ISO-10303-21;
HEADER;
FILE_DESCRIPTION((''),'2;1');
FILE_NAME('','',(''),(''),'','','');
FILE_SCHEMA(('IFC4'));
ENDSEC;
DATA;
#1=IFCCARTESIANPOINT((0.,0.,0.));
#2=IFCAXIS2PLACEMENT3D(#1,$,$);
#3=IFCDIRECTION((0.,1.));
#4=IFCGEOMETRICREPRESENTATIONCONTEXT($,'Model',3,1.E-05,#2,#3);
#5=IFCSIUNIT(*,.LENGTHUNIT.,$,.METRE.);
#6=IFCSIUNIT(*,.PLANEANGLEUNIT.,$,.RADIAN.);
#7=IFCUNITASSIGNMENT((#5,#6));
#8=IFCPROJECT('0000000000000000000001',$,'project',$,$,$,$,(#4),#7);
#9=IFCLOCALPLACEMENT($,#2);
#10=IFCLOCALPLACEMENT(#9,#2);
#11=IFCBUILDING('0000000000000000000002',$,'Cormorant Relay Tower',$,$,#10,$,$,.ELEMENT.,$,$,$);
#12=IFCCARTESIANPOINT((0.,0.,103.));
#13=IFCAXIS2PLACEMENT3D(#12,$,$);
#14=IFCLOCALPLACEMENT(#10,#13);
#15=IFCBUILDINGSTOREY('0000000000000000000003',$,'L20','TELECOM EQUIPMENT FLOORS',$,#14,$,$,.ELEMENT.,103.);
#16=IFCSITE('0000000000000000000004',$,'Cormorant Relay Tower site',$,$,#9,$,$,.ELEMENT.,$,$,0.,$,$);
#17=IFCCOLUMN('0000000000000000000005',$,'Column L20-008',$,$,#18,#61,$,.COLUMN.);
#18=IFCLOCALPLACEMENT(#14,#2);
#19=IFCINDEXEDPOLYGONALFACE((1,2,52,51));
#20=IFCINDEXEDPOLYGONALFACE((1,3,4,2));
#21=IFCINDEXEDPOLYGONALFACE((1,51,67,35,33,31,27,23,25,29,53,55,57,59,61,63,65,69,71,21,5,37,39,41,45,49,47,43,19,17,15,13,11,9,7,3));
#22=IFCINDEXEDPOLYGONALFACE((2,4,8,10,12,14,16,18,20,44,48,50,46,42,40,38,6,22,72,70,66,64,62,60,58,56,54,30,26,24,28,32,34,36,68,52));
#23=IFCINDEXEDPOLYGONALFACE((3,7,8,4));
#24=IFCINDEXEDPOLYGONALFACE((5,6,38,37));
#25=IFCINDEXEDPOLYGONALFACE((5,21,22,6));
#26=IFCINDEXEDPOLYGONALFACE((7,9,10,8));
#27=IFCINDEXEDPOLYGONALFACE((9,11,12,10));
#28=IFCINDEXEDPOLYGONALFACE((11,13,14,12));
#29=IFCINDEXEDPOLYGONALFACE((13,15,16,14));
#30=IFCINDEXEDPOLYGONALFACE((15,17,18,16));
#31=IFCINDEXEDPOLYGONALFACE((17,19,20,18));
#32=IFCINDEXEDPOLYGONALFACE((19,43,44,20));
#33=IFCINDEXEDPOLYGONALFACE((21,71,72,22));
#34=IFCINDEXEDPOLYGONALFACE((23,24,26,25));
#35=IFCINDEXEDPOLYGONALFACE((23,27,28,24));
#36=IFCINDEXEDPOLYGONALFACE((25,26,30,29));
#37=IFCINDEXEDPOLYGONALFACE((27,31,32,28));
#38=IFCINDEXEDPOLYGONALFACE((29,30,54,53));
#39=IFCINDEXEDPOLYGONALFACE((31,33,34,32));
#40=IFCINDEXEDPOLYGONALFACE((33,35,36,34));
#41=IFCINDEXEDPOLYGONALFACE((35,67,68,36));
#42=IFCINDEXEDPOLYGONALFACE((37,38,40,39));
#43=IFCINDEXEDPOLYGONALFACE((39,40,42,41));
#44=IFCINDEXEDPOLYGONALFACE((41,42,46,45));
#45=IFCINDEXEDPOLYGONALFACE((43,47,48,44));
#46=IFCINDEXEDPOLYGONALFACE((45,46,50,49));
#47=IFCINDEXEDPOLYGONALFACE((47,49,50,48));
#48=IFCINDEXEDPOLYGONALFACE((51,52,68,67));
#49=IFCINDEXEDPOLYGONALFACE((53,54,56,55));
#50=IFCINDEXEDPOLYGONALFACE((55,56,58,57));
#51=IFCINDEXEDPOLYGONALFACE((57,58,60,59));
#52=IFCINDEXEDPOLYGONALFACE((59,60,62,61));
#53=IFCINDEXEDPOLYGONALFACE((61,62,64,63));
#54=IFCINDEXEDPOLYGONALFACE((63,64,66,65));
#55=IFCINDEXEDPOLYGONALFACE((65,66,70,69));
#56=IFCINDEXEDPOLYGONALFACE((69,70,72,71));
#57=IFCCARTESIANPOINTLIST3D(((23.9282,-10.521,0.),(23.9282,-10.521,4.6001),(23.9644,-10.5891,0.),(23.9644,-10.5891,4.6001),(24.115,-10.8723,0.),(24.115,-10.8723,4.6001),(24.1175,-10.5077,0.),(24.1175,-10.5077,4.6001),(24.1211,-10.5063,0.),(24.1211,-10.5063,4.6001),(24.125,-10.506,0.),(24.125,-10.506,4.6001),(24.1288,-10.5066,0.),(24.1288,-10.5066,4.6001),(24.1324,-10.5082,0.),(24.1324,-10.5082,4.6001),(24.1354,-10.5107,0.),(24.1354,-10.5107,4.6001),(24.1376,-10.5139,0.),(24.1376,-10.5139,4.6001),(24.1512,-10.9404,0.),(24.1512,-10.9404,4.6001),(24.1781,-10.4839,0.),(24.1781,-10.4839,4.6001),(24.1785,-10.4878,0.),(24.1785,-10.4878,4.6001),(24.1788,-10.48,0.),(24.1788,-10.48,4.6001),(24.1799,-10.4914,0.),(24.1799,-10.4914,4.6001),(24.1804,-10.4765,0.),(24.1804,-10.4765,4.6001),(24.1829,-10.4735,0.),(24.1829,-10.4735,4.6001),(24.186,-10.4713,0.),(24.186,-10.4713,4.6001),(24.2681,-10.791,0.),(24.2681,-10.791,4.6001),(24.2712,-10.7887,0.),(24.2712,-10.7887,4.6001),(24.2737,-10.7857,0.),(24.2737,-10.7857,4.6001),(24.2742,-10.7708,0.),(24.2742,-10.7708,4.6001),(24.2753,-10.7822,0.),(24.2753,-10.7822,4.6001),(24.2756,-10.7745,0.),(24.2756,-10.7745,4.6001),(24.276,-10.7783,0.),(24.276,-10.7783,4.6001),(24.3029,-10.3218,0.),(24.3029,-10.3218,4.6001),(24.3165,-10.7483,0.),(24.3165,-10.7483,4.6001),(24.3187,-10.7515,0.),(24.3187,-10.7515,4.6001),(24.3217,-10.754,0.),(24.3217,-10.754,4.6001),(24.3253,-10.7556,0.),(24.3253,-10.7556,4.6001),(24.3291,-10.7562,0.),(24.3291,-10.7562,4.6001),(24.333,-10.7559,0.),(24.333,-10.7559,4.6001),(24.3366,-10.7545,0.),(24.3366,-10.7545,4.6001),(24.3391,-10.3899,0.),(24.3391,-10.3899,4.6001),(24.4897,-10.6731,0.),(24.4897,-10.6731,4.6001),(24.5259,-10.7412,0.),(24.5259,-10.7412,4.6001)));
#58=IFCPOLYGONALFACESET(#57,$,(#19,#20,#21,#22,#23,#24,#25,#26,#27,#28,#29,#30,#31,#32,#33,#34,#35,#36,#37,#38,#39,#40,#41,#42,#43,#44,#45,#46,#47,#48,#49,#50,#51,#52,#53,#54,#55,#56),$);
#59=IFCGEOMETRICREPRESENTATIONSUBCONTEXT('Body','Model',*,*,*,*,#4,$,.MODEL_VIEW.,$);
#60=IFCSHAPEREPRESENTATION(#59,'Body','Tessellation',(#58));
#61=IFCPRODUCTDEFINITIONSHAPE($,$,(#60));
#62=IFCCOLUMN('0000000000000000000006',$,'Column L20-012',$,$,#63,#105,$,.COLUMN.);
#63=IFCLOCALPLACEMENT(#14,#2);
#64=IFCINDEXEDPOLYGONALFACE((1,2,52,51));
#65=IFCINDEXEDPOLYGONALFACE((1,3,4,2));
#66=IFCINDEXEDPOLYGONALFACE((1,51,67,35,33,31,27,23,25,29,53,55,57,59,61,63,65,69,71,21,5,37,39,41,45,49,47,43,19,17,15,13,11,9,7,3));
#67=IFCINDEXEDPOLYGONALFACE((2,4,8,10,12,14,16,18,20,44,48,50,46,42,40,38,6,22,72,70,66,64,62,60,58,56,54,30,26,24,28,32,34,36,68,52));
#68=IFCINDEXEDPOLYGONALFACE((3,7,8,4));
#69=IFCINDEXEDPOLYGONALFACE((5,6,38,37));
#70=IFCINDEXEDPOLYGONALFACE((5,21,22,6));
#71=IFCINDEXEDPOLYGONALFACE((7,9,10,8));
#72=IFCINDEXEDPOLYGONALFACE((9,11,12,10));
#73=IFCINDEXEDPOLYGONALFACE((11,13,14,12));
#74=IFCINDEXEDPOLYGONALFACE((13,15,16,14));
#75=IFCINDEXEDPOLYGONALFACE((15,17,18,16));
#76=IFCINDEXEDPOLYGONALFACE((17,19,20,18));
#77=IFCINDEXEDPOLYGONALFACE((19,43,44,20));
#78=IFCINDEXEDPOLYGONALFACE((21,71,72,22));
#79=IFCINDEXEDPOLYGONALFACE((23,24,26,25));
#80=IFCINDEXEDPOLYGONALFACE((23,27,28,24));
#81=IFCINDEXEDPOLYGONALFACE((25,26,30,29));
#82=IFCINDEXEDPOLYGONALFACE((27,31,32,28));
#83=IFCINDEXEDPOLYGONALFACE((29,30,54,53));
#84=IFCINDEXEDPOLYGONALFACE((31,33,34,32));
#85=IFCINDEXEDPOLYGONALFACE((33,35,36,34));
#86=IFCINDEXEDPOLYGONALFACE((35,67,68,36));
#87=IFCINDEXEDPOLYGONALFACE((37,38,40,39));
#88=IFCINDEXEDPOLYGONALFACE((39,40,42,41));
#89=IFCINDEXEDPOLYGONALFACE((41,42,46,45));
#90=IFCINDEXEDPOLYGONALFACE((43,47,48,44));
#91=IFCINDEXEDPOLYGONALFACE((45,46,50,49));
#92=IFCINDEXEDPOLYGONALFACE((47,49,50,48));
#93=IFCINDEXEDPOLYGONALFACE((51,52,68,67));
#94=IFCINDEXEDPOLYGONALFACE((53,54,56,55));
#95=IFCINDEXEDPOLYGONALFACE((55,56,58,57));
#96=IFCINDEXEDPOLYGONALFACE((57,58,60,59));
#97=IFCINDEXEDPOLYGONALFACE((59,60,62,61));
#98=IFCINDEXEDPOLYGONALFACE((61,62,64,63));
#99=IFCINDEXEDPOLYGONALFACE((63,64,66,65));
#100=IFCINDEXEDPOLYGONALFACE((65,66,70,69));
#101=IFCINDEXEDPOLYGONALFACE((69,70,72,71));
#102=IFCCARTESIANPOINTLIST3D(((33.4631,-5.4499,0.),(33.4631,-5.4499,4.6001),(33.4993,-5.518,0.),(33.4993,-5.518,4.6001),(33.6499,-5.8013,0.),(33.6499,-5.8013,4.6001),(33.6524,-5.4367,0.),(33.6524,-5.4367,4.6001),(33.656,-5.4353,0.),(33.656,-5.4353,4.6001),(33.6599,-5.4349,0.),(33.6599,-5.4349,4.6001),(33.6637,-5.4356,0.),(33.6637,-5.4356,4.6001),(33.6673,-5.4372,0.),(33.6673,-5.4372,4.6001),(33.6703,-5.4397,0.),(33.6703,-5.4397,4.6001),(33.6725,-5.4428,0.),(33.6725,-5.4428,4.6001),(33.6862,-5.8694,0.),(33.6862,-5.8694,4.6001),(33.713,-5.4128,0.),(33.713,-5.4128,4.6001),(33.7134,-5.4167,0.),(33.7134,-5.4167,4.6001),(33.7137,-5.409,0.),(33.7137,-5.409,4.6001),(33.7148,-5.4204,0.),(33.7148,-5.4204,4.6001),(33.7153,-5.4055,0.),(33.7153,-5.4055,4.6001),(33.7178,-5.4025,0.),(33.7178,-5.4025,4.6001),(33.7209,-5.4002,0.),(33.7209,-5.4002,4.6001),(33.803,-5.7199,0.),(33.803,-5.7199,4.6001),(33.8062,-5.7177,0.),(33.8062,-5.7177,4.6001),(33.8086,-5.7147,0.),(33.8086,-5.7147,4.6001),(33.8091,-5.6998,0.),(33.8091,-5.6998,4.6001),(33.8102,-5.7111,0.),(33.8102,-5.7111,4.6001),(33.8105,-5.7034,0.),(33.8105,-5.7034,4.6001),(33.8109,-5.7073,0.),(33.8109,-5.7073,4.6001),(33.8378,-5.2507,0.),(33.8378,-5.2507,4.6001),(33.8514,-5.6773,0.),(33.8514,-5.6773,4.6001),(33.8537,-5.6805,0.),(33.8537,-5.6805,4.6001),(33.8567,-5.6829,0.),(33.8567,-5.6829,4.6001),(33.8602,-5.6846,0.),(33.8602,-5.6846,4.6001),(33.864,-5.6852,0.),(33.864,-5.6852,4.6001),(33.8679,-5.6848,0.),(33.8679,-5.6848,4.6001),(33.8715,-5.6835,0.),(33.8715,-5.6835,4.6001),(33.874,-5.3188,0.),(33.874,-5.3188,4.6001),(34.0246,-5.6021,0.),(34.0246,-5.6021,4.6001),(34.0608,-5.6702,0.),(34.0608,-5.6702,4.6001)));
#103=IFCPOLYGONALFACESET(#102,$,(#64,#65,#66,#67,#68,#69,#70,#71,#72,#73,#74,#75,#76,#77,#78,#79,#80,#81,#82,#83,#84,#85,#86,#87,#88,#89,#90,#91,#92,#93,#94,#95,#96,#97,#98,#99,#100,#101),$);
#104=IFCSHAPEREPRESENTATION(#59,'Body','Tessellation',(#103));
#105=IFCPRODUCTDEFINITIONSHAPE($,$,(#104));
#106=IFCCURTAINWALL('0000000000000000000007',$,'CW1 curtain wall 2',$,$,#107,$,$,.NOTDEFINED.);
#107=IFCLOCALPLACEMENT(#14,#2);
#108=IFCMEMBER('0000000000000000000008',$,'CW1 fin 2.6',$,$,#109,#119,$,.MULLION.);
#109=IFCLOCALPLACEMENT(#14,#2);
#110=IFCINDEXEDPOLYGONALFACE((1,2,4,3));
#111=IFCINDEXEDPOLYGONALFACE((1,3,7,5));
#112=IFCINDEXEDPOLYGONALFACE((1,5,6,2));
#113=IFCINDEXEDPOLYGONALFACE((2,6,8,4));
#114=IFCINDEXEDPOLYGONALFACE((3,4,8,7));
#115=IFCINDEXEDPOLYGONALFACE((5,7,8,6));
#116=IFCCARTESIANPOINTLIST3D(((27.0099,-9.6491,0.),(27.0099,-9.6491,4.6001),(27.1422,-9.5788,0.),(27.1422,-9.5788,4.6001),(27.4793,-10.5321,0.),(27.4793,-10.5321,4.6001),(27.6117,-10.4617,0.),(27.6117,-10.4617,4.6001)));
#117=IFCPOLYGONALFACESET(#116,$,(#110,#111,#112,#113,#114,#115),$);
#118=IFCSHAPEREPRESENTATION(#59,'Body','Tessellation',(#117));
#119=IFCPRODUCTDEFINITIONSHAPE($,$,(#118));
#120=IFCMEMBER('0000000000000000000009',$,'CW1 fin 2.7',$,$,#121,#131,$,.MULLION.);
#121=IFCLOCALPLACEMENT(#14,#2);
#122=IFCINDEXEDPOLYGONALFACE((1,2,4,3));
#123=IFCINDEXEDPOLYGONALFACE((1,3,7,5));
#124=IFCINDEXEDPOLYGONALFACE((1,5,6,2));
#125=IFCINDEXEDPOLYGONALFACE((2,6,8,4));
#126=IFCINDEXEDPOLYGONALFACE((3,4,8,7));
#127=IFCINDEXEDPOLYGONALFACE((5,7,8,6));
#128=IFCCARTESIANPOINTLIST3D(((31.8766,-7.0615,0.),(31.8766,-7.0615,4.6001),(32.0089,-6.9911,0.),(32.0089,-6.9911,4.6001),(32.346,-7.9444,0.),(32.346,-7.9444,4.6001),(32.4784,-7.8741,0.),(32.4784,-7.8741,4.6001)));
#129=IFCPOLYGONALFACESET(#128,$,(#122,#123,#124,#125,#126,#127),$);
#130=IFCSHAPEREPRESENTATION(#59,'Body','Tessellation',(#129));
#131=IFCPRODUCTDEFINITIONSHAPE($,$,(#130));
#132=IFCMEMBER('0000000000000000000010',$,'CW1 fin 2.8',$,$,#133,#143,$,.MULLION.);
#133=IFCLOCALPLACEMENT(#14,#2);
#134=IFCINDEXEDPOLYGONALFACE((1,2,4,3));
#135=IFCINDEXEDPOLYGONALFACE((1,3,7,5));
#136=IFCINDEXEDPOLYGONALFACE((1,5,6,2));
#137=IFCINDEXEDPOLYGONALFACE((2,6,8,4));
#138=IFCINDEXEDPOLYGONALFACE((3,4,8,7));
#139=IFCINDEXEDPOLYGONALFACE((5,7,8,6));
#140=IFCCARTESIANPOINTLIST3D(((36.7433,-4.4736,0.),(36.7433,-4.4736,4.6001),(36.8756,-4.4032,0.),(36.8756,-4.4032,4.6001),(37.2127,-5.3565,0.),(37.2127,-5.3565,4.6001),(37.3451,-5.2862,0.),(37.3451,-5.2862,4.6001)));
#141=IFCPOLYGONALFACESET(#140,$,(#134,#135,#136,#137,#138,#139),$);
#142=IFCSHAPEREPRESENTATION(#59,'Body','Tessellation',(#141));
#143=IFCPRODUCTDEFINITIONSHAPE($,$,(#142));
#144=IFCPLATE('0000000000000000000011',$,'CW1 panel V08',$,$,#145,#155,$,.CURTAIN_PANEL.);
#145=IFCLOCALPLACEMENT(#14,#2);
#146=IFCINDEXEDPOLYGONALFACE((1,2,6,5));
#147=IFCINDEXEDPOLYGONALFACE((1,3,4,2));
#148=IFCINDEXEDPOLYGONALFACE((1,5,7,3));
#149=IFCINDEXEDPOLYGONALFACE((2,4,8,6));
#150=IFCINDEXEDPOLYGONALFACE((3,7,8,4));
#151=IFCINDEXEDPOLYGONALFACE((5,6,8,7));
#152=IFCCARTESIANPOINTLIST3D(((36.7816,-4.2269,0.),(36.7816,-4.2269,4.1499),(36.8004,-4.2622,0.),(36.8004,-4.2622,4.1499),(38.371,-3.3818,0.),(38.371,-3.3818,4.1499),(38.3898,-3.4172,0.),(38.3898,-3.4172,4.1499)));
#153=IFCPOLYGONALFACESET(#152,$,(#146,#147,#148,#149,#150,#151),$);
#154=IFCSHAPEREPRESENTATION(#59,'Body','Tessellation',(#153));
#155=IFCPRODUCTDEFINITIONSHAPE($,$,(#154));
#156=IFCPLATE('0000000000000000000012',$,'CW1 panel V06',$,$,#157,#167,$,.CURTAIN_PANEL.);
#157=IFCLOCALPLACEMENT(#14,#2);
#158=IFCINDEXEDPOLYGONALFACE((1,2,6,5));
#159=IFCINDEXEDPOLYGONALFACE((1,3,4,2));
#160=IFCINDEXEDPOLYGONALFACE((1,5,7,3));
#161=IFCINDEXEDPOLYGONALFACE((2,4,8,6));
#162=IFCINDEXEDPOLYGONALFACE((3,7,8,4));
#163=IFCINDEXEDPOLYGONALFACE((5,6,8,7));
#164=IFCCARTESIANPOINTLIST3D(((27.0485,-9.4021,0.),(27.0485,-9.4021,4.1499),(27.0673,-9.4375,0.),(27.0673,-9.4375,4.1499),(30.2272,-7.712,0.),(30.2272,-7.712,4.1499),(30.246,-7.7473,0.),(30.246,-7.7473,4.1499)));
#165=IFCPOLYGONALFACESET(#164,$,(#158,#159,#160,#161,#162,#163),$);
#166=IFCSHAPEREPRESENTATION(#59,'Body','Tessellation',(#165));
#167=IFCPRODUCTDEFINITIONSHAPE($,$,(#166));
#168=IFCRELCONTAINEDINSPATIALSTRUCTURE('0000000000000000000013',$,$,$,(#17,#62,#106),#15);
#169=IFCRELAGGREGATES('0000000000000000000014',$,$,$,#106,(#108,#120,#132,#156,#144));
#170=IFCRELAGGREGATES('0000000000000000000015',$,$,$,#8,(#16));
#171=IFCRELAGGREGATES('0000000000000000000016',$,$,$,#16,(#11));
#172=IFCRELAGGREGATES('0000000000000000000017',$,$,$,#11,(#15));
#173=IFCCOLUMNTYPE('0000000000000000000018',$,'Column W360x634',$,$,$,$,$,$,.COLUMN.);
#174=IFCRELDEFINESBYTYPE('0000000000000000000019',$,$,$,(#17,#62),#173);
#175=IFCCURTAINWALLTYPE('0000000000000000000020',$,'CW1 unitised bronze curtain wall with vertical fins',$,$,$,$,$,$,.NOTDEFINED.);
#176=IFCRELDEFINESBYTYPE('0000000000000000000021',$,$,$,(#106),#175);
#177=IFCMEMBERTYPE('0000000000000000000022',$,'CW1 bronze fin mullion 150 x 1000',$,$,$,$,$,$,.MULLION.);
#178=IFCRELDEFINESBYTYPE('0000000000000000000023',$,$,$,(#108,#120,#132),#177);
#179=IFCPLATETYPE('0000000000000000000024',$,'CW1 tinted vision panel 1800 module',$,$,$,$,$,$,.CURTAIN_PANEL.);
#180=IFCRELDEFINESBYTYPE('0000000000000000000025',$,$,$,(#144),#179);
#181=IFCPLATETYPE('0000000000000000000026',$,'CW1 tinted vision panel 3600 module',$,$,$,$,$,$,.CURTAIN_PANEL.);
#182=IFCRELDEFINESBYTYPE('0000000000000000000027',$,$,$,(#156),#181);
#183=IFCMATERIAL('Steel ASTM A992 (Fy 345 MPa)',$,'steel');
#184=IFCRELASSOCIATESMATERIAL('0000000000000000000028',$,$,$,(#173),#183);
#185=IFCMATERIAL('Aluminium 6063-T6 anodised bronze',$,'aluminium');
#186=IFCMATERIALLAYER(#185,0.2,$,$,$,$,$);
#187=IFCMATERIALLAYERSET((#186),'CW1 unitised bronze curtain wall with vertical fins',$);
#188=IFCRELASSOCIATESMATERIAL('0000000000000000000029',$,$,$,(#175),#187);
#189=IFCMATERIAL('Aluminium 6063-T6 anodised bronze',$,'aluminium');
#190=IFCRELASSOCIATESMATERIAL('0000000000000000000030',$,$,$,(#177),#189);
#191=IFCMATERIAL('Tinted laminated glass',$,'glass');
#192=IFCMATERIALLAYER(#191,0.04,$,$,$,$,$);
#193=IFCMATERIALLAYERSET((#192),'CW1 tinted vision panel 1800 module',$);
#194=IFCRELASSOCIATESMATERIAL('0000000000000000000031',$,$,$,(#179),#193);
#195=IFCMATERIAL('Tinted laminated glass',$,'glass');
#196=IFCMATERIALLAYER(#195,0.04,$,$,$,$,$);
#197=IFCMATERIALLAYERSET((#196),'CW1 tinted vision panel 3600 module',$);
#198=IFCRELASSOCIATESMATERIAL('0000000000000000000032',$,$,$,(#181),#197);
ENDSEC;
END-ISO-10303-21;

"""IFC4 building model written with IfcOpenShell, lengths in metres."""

from ifc_helpers import new_model, si_unit, direction, frame, origin, origin_2d, place, context, subcontext, project, spatial, rectangle, i_section, extrude, material, layer, layer_set, material_profile, profile_set, type_object, element, aggregate, save


model = new_model("IFC4")

# Units and contexts
model_context = context("Model", 3, precision=1e-05, world=origin(), true_north=direction((0.0, 1.0)))
body_context = subcontext(model_context, "Body", "Model", "MODEL_VIEW")
ifc_project = project(units=[si_unit("LENGTHUNIT", "METRE"), si_unit("PLANEANGLEUNIT", "RADIAN")], contexts=[model_context])

# Site, building, storey
site_placement = place(None, origin())
site = spatial("IfcSite", under=ifc_project, at=site_placement, Name="Cormorant Relay Tower site", CompositionType="ELEMENT", RefElevation=0.0)
building_placement = place(site_placement, origin())
building = spatial("IfcBuilding", under=site, at=building_placement, Name="Cormorant Relay Tower", CompositionType="ELEMENT")
storey_placement = place(building_placement, frame((0.0, 0.0, 103.0)))
storey = spatial("IfcBuildingStorey", under=building, at=storey_placement, Name="L20", Description="TELECOM EQUIPMENT FLOORS", CompositionType="ELEMENT", Elevation=103.0)

# Columns
ifc_material_1 = material(Name="Steel ASTM A992 (Fy 345 MPa)", Category="steel")
ifc_material_profile_1 = material_profile(ifc_material_1, i_section(OverallWidth=0.4243, OverallDepth=0.4751, WebThickness=0.0479, FlangeThickness=0.0771, FilletRadius=0.0149, at=origin_2d()), Name="W360x634")
ifc_profile_set_1 = profile_set([ifc_material_profile_1], Name="Steel ASTM A992 (Fy 345 MPa)")
column_type = type_object("IfcColumnType", Name="Column W360x634", PredefinedType="COLUMN", material=ifc_profile_set_1)
for number, where, z_axis, x_axis, name in (
    (1, (24.2271, -10.6311, 0.0), (0.0, 0.0, 1.0), (0.882948, 0.469472, 0.0), "Column L20-008"),
    (2, (33.762, -5.5601, 0.0), (0.0, 0.0, 1.0), (0.882948, 0.469472, 0.0), "Column L20-012"),
):
    element("IfcColumn", number, at=place(storey_placement, frame(where, z_axis=z_axis, x_axis=x_axis)), inside=storey, type_object=column_type, Name=name, PredefinedType="COLUMN", context=body_context, shape_type="SweptSolid", body=[
        extrude(i_section(OverallWidth=0.4243, OverallDepth=0.4751, WebThickness=0.0479, FlangeThickness=0.0771, FilletRadius=0.0149, at=origin_2d()), origin(), (0.0, 0.0, 1.0), 4.6001),
    ])

# Curtain wall, members, plates
ifc_material_2 = material(Name="Aluminium 6063-T6 anodised bronze", Category="aluminium")
ifc_layer_1 = layer(ifc_material_2, 0.2)
ifc_layer_set_1 = layer_set([ifc_layer_1], Name="CW1 unitised bronze curtain wall with vertical fins")
curtain_wall_type = type_object("IfcCurtainWallType", Name="CW1 unitised bronze curtain wall with vertical fins", PredefinedType="NOTDEFINED", material=ifc_layer_set_1)
curtain_wall_placement = place(storey_placement, origin())
curtain_wall = element("IfcCurtainWall", 3, at=curtain_wall_placement, inside=storey, type_object=curtain_wall_type, Name="CW1 curtain wall 2", PredefinedType="NOTDEFINED")
ifc_material_3 = material(Name="Aluminium 6063-T6 anodised bronze", Category="aluminium")
ifc_material_profile_2 = material_profile(ifc_material_3, rectangle(XDim=0.1499, YDim=1.0, at=origin_2d()), Name="AL 150x1000")
ifc_profile_set_2 = profile_set([ifc_material_profile_2], Name="Aluminium 6063-T6 anodised bronze")
member_type = type_object("IfcMemberType", Name="CW1 bronze fin mullion 150 x 1000", PredefinedType="MULLION", material=ifc_profile_set_2)
member_1_placement = place(storey_placement, frame((27.3108, -10.0554, 0.0), z_axis=(0.0, 0.0, 1.0), x_axis=(0.882948, 0.469472, 0.0)))
member_1 = element("IfcMember", 4, at=member_1_placement, type_object=member_type, Name="CW1 fin 2.6", PredefinedType="MULLION", context=body_context, shape_type="SweptSolid", body=[
    extrude(rectangle(XDim=0.1499, YDim=1.0, at=origin_2d()), origin(), (0.0, 0.0, 1.0), 4.6001),
])
member_2_placement = place(storey_placement, frame((32.1775, -7.4678, 0.0), z_axis=(0.0, 0.0, 1.0), x_axis=(0.882948, 0.469472, 0.0)))
member_2 = element("IfcMember", 5, at=member_2_placement, type_object=member_type, Name="CW1 fin 2.7", PredefinedType="MULLION", context=body_context, shape_type="SweptSolid", body=[
    extrude(rectangle(XDim=0.1499, YDim=1.0, at=origin_2d()), origin(), (0.0, 0.0, 1.0), 4.6001),
])
member_3_placement = place(storey_placement, frame((37.0442, -4.8799, 0.0), z_axis=(0.0, 0.0, 1.0), x_axis=(0.882948, 0.469472, 0.0)))
member_3 = element("IfcMember", 6, at=member_3_placement, type_object=member_type, Name="CW1 fin 2.8", PredefinedType="MULLION", context=body_context, shape_type="SweptSolid", body=[
    extrude(rectangle(XDim=0.1499, YDim=1.0, at=origin_2d()), origin(), (0.0, 0.0, 1.0), 4.6001),
])
ifc_material_4 = material(Name="Tinted laminated glass", Category="glass")
ifc_layer_2 = layer(ifc_material_4, 0.04)
ifc_layer_set_2 = layer_set([ifc_layer_2], Name="CW1 tinted vision panel 1800 module")
plate_type_1 = type_object("IfcPlateType", Name="CW1 tinted vision panel 1800 module", PredefinedType="CURTAIN_PANEL", material=ifc_layer_set_2)
plate_1_placement = place(storey_placement, frame((37.5857, -3.822, 0.0), z_axis=(0.0, 0.0, 1.0), x_axis=(0.882948, 0.469472, 0.0)))
plate_1 = element("IfcPlate", 7, at=plate_1_placement, type_object=plate_type_1, Name="CW1 panel V08", PredefinedType="CURTAIN_PANEL", context=body_context, shape_type="SweptSolid", body=[
    extrude(rectangle(XDim=1.8, YDim=0.04, at=origin_2d()), origin(), (0.0, 0.0, 1.0), 4.1499),
])
ifc_material_5 = material(Name="Tinted laminated glass", Category="glass")
ifc_layer_3 = layer(ifc_material_5, 0.04)
ifc_layer_set_3 = layer_set([ifc_layer_3], Name="CW1 tinted vision panel 3600 module")
plate_type_2 = type_object("IfcPlateType", Name="CW1 tinted vision panel 3600 module", PredefinedType="CURTAIN_PANEL", material=ifc_layer_set_3)
plate_2_placement = place(storey_placement, frame((28.6472, -8.5747, 0.0), z_axis=(0.0, 0.0, 1.0), x_axis=(0.882948, 0.469472, 0.0)))
plate_2 = element("IfcPlate", 8, at=plate_2_placement, type_object=plate_type_2, Name="CW1 panel V06", PredefinedType="CURTAIN_PANEL", context=body_context, shape_type="SweptSolid", body=[
    extrude(rectangle(XDim=3.6001, YDim=0.04, at=origin_2d()), origin(), (0.0, 0.0, 1.0), 4.1499),
])

aggregate(curtain_wall, [member_1, member_2, member_3, plate_2, plate_1])

save(model, "model.ifc")
